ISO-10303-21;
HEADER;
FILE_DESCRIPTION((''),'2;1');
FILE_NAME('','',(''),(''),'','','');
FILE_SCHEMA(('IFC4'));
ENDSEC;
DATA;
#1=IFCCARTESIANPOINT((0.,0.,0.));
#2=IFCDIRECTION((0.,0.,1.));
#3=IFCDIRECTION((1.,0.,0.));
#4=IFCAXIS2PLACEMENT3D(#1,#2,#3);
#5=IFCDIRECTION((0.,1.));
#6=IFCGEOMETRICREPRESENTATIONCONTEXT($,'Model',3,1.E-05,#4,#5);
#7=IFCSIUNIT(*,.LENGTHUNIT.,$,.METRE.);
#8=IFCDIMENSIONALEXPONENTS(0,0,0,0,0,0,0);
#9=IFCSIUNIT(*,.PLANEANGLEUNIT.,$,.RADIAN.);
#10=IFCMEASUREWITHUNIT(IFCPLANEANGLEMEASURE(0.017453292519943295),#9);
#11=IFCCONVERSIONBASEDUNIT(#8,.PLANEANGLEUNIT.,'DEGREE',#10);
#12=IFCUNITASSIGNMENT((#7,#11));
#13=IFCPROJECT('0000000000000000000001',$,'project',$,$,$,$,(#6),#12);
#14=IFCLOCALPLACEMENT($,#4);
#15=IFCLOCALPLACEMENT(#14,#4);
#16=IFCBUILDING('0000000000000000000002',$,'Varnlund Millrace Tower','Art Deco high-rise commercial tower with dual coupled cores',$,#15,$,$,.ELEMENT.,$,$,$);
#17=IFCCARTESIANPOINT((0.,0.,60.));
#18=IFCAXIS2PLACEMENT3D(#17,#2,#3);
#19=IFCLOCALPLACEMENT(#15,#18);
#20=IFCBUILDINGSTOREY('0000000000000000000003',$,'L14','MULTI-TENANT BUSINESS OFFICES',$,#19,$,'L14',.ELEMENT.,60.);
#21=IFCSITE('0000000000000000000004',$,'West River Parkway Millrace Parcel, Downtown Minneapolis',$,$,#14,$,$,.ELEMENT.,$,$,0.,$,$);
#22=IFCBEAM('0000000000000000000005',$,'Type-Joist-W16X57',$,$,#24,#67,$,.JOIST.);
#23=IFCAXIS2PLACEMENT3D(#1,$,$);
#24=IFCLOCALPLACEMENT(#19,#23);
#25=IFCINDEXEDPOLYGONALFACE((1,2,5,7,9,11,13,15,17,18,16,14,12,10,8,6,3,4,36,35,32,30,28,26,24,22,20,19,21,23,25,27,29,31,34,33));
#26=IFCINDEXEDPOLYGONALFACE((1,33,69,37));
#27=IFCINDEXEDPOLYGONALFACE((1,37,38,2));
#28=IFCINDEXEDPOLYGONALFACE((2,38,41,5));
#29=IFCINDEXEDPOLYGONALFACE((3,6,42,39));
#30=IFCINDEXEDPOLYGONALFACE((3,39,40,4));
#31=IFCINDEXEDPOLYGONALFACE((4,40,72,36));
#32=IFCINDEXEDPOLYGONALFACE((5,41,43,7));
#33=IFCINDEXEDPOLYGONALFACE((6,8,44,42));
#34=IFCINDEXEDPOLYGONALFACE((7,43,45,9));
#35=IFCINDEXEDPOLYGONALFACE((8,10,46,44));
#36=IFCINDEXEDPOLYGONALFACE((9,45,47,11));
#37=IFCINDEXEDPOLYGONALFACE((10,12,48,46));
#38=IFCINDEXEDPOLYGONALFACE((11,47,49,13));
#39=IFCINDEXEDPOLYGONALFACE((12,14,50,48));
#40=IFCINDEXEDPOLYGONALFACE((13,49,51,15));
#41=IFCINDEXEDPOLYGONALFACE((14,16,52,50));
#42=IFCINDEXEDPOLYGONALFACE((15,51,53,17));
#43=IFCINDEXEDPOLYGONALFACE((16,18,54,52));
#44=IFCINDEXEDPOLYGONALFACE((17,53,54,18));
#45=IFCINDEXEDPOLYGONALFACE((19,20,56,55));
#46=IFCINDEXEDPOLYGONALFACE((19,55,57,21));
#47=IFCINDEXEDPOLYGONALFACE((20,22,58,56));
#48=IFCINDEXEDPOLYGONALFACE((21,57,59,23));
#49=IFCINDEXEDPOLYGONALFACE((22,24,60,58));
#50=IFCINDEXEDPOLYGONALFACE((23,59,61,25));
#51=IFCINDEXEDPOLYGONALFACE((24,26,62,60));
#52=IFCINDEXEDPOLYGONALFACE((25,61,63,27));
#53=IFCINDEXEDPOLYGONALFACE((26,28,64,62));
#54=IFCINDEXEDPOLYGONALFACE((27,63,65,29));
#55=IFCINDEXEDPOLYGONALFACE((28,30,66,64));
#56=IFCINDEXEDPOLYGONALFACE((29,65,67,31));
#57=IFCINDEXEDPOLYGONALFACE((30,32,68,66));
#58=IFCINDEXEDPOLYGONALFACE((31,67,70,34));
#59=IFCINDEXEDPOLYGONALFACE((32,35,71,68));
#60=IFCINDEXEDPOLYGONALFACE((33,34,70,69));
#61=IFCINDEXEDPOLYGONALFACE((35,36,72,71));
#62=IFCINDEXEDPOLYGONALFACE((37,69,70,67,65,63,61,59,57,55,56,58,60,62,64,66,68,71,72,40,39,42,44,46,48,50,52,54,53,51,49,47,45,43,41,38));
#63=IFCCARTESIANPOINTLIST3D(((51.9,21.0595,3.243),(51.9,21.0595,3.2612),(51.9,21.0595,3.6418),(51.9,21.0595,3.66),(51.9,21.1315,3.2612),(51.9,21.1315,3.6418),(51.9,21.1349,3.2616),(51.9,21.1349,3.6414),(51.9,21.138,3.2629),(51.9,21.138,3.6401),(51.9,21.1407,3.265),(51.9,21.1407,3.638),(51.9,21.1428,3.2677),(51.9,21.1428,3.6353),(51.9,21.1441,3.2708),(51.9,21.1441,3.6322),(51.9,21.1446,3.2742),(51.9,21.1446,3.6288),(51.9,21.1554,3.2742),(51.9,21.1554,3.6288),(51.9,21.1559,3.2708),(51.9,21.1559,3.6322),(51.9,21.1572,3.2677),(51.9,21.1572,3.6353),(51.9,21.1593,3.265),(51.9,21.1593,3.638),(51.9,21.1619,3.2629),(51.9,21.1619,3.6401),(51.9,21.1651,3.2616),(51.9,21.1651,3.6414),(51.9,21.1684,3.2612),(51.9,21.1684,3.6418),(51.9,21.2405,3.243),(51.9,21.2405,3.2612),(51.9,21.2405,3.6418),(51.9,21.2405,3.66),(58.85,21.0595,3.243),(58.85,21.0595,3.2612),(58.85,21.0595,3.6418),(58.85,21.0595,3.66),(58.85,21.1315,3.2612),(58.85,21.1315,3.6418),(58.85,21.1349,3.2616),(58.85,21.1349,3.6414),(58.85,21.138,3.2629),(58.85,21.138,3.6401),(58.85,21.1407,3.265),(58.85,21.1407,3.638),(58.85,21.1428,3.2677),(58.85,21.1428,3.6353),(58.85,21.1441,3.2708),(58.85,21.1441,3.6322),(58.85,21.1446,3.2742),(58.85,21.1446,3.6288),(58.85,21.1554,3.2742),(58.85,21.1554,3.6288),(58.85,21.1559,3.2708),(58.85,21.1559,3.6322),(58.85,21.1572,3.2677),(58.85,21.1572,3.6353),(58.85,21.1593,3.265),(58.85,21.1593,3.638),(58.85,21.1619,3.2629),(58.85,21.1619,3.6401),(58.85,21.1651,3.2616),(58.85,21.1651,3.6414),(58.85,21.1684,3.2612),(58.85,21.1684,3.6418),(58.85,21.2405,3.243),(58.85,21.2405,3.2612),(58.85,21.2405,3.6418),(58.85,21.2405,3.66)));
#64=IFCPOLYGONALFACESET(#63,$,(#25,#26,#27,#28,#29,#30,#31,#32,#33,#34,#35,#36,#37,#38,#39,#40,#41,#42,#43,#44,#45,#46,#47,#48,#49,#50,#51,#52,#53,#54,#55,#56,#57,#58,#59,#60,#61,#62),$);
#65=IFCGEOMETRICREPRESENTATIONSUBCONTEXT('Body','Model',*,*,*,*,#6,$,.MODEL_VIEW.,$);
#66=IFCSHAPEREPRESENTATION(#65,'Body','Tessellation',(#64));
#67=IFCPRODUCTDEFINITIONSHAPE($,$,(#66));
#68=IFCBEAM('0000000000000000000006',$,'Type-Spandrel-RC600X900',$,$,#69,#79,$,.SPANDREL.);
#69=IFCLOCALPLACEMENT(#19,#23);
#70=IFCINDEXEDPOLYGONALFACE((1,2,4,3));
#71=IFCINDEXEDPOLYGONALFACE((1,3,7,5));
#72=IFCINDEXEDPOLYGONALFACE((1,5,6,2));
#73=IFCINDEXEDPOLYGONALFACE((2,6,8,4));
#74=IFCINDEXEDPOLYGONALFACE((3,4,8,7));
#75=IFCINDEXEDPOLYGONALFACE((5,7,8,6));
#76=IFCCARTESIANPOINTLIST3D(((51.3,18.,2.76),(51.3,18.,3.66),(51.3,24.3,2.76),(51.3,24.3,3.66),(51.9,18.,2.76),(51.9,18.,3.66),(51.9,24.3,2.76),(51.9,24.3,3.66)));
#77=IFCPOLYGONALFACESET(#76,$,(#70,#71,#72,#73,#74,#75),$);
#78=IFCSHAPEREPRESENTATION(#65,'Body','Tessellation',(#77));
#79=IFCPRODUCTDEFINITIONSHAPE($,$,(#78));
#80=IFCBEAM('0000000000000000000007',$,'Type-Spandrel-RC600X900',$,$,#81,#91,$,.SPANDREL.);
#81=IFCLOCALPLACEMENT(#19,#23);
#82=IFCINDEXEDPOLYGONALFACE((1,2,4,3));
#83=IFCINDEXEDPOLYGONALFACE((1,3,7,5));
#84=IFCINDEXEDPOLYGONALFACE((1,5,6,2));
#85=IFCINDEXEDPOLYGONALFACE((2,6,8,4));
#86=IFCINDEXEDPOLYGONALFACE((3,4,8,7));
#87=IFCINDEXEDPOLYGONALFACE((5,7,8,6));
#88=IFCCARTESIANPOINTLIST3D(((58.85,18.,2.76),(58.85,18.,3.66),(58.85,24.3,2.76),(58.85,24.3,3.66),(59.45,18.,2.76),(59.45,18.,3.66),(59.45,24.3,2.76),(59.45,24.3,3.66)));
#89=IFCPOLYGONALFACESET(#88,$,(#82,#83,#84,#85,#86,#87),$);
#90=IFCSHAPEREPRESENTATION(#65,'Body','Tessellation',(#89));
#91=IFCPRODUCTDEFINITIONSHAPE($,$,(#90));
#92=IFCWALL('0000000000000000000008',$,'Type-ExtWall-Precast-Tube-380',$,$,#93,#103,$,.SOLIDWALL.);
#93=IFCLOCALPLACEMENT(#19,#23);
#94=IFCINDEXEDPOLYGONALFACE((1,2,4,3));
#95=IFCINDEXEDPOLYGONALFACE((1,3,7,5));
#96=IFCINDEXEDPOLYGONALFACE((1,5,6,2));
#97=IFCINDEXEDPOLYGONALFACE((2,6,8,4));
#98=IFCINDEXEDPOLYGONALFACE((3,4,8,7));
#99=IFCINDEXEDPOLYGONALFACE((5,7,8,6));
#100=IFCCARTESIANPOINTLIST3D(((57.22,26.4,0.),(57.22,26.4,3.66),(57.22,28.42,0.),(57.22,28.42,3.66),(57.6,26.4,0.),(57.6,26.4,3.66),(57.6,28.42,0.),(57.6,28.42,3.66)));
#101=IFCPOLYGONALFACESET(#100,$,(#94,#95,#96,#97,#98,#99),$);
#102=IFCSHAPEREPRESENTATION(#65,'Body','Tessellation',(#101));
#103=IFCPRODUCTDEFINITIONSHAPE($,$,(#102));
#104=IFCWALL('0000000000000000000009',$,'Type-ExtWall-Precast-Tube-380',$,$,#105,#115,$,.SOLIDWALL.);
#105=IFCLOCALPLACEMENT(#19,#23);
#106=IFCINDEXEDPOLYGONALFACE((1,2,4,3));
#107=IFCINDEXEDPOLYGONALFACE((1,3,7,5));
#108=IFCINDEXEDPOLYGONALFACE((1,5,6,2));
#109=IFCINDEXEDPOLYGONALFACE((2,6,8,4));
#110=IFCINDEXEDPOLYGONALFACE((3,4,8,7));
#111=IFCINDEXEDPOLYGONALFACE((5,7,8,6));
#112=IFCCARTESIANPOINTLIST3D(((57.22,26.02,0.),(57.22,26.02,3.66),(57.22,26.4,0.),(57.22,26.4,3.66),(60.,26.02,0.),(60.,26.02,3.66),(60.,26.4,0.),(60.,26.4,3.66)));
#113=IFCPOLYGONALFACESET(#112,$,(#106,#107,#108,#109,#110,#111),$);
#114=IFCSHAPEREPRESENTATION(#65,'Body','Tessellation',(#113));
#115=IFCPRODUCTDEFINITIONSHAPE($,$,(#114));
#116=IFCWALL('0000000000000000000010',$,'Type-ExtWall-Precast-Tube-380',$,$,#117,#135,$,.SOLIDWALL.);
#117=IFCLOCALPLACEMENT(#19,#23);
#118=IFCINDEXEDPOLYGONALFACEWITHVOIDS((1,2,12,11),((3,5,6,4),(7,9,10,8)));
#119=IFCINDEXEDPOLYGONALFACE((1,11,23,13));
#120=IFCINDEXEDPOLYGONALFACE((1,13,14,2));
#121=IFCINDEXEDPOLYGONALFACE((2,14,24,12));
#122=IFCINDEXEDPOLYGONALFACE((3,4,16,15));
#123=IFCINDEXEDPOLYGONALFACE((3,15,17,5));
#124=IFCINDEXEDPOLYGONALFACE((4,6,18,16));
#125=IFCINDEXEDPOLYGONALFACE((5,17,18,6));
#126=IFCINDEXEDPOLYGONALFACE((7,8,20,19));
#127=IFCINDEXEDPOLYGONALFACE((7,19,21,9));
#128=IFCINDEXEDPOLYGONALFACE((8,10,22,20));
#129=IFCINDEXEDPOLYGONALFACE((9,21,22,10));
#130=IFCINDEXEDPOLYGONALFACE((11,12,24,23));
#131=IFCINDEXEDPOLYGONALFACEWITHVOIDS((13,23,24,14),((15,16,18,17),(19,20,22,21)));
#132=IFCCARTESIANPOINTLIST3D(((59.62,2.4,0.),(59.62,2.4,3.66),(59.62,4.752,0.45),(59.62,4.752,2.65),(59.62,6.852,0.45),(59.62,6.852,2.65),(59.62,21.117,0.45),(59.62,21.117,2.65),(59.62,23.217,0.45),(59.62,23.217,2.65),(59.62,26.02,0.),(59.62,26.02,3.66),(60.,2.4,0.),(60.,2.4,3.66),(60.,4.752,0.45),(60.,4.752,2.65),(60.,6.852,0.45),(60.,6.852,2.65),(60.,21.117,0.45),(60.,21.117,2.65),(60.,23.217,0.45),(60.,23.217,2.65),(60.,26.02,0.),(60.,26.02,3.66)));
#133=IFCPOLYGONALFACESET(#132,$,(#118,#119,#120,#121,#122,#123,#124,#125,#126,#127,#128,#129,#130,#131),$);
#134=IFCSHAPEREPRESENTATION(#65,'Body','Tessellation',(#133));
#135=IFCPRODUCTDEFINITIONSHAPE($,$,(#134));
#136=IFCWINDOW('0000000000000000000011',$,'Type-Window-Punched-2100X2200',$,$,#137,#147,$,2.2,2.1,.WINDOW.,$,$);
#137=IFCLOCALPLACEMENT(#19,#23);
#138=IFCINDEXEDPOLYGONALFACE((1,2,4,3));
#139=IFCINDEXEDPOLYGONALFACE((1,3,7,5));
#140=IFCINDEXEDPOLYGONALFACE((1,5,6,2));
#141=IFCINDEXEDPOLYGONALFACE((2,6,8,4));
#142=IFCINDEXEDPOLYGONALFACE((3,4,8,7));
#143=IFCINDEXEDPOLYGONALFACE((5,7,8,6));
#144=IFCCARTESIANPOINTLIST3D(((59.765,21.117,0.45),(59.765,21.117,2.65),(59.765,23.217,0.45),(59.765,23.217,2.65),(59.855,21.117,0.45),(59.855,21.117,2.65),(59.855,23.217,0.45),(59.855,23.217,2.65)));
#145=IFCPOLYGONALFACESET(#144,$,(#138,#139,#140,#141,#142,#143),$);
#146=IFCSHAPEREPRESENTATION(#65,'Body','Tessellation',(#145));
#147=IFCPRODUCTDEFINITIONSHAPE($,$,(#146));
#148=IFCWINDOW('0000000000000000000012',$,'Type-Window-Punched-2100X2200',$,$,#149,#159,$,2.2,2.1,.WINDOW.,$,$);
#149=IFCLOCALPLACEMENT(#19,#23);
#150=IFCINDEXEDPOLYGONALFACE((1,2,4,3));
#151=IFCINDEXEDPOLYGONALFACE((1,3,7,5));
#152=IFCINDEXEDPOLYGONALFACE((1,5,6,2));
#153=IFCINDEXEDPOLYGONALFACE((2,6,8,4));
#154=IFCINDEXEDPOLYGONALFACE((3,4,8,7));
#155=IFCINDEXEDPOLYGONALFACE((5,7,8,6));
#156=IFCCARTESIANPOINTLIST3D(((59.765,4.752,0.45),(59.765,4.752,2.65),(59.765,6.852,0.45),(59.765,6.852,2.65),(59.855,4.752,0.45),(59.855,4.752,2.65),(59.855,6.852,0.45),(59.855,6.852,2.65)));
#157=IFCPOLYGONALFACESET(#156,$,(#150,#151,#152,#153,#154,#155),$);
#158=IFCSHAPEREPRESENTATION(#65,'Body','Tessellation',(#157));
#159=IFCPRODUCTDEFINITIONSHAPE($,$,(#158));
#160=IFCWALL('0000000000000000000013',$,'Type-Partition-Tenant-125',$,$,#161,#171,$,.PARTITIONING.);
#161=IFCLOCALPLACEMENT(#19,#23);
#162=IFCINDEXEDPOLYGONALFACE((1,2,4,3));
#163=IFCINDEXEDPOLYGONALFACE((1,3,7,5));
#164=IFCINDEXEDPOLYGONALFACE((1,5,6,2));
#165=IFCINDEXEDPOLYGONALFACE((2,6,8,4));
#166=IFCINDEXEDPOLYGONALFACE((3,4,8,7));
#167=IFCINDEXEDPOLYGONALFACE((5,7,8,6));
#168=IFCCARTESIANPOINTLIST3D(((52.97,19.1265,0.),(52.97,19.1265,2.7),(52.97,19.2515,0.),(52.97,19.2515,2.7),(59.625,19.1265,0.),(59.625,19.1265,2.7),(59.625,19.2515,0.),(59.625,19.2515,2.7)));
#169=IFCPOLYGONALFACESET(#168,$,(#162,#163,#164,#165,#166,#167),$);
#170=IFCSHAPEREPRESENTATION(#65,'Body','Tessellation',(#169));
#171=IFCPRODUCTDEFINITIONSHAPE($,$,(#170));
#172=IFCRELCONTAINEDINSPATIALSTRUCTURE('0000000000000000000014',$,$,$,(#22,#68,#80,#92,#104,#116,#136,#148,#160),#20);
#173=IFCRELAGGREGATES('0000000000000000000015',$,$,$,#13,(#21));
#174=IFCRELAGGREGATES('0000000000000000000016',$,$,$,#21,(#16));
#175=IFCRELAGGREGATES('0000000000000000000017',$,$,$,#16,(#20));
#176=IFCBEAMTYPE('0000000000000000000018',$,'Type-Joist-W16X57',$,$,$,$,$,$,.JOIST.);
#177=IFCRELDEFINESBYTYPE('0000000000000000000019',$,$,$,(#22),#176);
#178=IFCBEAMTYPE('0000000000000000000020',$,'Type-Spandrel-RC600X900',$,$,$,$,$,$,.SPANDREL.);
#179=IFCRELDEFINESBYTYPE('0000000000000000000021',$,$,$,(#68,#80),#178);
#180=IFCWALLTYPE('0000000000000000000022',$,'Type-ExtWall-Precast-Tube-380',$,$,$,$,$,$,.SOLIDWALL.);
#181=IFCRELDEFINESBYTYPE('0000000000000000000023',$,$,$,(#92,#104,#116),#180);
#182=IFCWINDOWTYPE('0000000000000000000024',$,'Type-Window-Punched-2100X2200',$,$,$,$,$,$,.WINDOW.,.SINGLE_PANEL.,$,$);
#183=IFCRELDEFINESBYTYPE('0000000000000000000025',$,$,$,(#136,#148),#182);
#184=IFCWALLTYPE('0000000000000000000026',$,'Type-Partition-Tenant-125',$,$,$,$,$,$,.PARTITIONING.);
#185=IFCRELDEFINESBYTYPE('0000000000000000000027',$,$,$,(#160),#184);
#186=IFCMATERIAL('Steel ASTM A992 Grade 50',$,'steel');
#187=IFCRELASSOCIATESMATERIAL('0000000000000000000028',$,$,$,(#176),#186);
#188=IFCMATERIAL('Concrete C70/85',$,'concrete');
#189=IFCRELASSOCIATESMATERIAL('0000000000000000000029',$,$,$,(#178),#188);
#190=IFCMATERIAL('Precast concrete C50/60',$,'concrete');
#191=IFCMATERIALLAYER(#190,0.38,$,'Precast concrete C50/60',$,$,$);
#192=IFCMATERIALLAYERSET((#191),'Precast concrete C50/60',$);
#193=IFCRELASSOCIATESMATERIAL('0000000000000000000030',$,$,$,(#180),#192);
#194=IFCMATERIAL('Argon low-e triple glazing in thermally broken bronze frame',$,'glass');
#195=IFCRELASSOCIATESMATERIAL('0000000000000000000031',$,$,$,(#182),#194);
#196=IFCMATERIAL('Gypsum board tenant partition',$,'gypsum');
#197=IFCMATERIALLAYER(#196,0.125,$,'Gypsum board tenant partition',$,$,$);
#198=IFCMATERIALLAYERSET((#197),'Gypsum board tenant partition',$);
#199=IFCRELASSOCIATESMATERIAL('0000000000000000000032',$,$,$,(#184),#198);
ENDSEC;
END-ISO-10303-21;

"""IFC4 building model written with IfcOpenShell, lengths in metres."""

from ifc_helpers import new_model, entity, si_unit, converted_unit, direction, frame, origin_with_axes, origin_2d_with_axis, place, context, subcontext, project, spatial, polyline, rectangle, i_section, outline, extrude, material, layer, layer_set, material_profile, profile_set, type_object, element, fill, save


model = new_model("IFC4")

# Units and contexts
model_context = context("Model", 3, precision=1e-05, world=origin_with_axes(), true_north=direction((0.0, 1.0)))
body_context = subcontext(model_context, "Body", "Model", "MODEL_VIEW")
ifc_project = project(units=[si_unit("LENGTHUNIT", "METRE"), converted_unit("PLANEANGLEUNIT", "DEGREE", entity("IfcPlaneAngleMeasure", 0.017453292519943295), si_unit("PLANEANGLEUNIT", "RADIAN"), dimensions=[0, 0, 0, 0, 0, 0, 0])], contexts=[model_context])

# Site, building, storey
site_placement = place(None, origin_with_axes())
site = spatial("IfcSite", under=ifc_project, at=site_placement, Name="West River Parkway Millrace Parcel, Downtown Minneapolis", CompositionType="ELEMENT", RefElevation=0.0)
building_placement = place(site_placement, origin_with_axes())
building = spatial("IfcBuilding", under=site, at=building_placement, Name="Varnlund Millrace Tower", Description="Art Deco high-rise commercial tower with dual coupled cores", CompositionType="ELEMENT")
storey_placement = place(building_placement, frame((0.0, 0.0, 60.0), z_axis=(0.0, 0.0, 1.0), x_axis=(1.0, 0.0, 0.0)))
storey = spatial("IfcBuildingStorey", under=building, at=storey_placement, Name="L14", Description="MULTI-TENANT BUSINESS OFFICES", LongName="L14", CompositionType="ELEMENT", Elevation=60.0)

# Beams
ifc_material_1 = material(Name="Steel ASTM A992 Grade 50", Category="steel")
ifc_material_profile_1 = material_profile(ifc_material_1, i_section(OverallWidth=0.181, OverallDepth=0.417, WebThickness=0.0109, FlangeThickness=0.0182, FilletRadius=0.013, at=origin_2d_with_axis()), Name="Steel ASTM A992 Grade 50")
ifc_profile_set_1 = profile_set([ifc_material_profile_1], Name="Steel ASTM A992 Grade 50")
beam_type_1 = type_object("IfcBeamType", Name="Type-Joist-W16X57", PredefinedType="JOIST", material=ifc_profile_set_1)
for number, where, z_axis, x_axis, name in (
    (1, (51.9, 21.15, 3.4515), (1.0, 0.0, 0.0), (0.0, 1.0, 0.0), "Type-Joist-W16X57"),
):
    element("IfcBeam", number, at=place(storey_placement, frame(where, z_axis=z_axis, x_axis=x_axis)), inside=storey, type_object=beam_type_1, Name=name, PredefinedType="JOIST", context=body_context, shape_type="SweptSolid", body=[
        extrude(i_section(OverallWidth=0.181, OverallDepth=0.417, WebThickness=0.0109, FlangeThickness=0.0182, FilletRadius=0.013, at=origin_2d_with_axis()), origin_with_axes(), (0.0, 0.0, 1.0), 6.95),
    ])
ifc_material_2 = material(Name="Concrete C70/85", Category="concrete")
ifc_material_profile_2 = material_profile(ifc_material_2, rectangle(XDim=0.6, YDim=0.9, at=origin_2d_with_axis()), Name="Concrete C70/85")
ifc_profile_set_2 = profile_set([ifc_material_profile_2], Name="Concrete C70/85")
beam_type_2 = type_object("IfcBeamType", Name="Type-Spandrel-RC600X900", PredefinedType="SPANDREL", material=ifc_profile_set_2)
for number, where, z_axis, x_axis, name in (
    (2, (51.6, 18.0, 3.21), (0.0, 1.0, 0.0), (-1.0, 0.0, 0.0), "Type-Spandrel-RC600X900"),
    (3, (59.15, 18.0, 3.21), (0.0, 1.0, 0.0), (-1.0, 0.0, 0.0), "Type-Spandrel-RC600X900"),
):
    element("IfcBeam", number, at=place(storey_placement, frame(where, z_axis=z_axis, x_axis=x_axis)), inside=storey, type_object=beam_type_2, Name=name, PredefinedType="SPANDREL", context=body_context, shape_type="SweptSolid", body=[
        extrude(rectangle(XDim=0.6, YDim=0.9, at=origin_2d_with_axis()), origin_with_axes(), (0.0, 0.0, 1.0), 6.3),
    ])

# Walls
ifc_material_3 = material(Name="Precast concrete C50/60", Category="concrete")
ifc_layer_1 = layer(ifc_material_3, 0.38, Name="Precast concrete C50/60")
ifc_layer_set_1 = layer_set([ifc_layer_1], Name="Precast concrete C50/60")
wall_type_1 = type_object("IfcWallType", Name="Type-ExtWall-Precast-Tube-380", PredefinedType="SOLIDWALL", material=ifc_layer_set_1)
wall_1_placement = place(storey_placement, frame((57.41, 28.42, 0.0), z_axis=(0.0, 0.0, 1.0), x_axis=(0.0, -1.0, 0.0)))
element("IfcWall", 4, at=wall_1_placement, inside=storey, type_object=wall_type_1, Name="Type-ExtWall-Precast-Tube-380", PredefinedType="SOLIDWALL", context=body_context, shape_type="SweptSolid", body=[
    extrude(outline(polyline([(0.0, -0.19), (2.02, -0.19), (2.02, 0.19), (0.0, 0.19), (0.0, -0.19)])), origin_with_axes(), (0.0, 0.0, 1.0), 3.66),
])
wall_2_placement = place(storey_placement, frame((57.22, 26.21, 0.0), z_axis=(0.0, 0.0, 1.0), x_axis=(1.0, 0.0, 0.0)))
element("IfcWall", 5, at=wall_2_placement, inside=storey, type_object=wall_type_1, Name="Type-ExtWall-Precast-Tube-380", PredefinedType="SOLIDWALL", context=body_context, shape_type="SweptSolid", body=[
    extrude(outline(polyline([(0.0, -0.19), (2.78, -0.19), (2.78, 0.19), (0.0, 0.19), (0.0, -0.19)])), origin_with_axes(), (0.0, 0.0, 1.0), 3.66),
])

# Wall, openings, windows
wall_3_placement = place(storey_placement, frame((59.81, 26.02, 0.0), z_axis=(0.0, 0.0, 1.0), x_axis=(0.0, -1.0, 0.0)))
wall_3 = element("IfcWall", 6, at=wall_3_placement, inside=storey, type_object=wall_type_1, Name="Type-ExtWall-Precast-Tube-380", PredefinedType="SOLIDWALL", context=body_context, shape_type="SweptSolid", body=[
    extrude(outline(polyline([(0.0, -0.19), (23.62, -0.19), (23.62, 0.19), (0.0, 0.19), (0.0, -0.19)])), origin_with_axes(), (0.0, 0.0, 1.0), 3.66),
])
opening_1_placement = place(wall_3_placement, frame((3.853, 0.0, 0.45), z_axis=(0.0, 0.0, 1.0), x_axis=(1.0, 0.0, 0.0)))
opening_1 = element("IfcOpeningElement", 7, at=opening_1_placement, cuts=wall_3, PredefinedType="OPENING", context=body_context, shape_type="SweptSolid", body=[
    extrude(rectangle(XDim=2.1, YDim=0.4, at=origin_2d_with_axis()), origin_with_axes(), (0.0, 0.0, 1.0), 2.2),
])
opening_2_placement = place(wall_3_placement, frame((20.218, 0.0, 0.45), z_axis=(0.0, 0.0, 1.0), x_axis=(1.0, 0.0, 0.0)))
opening_2 = element("IfcOpeningElement", 8, at=opening_2_placement, cuts=wall_3, PredefinedType="OPENING", context=body_context, shape_type="SweptSolid", body=[
    extrude(rectangle(XDim=2.1, YDim=0.4, at=origin_2d_with_axis()), origin_with_axes(), (0.0, 0.0, 1.0), 2.2),
])
ifc_material_4 = material(Name="Argon low-e triple glazing in thermally broken bronze frame", Category="glass")
window_type = type_object("IfcWindowType", Name="Type-Window-Punched-2100X2200", PartitioningType="SINGLE_PANEL", PredefinedType="WINDOW", material=ifc_material_4)
window_1_placement = place(wall_3_placement, frame((3.853, 0.0, 0.45), z_axis=(0.0, 0.0, 1.0), x_axis=(1.0, 0.0, 0.0)))
window_1 = element("IfcWindow", 9, at=window_1_placement, inside=storey, type_object=window_type, Name="Type-Window-Punched-2100X2200", OverallHeight=2.2, OverallWidth=2.1, PredefinedType="WINDOW", context=body_context, shape_type="SweptSolid", body=[
    extrude(rectangle(XDim=2.1, YDim=0.09, at=origin_2d_with_axis()), origin_with_axes(), (0.0, 0.0, 1.0), 2.2),
])
fill(opening_1, window_1)
window_2_placement = place(wall_3_placement, frame((20.218, 0.0, 0.45), z_axis=(0.0, 0.0, 1.0), x_axis=(1.0, 0.0, 0.0)))
window_2 = element("IfcWindow", 10, at=window_2_placement, inside=storey, type_object=window_type, Name="Type-Window-Punched-2100X2200", OverallHeight=2.2, OverallWidth=2.1, PredefinedType="WINDOW", context=body_context, shape_type="SweptSolid", body=[
    extrude(rectangle(XDim=2.1, YDim=0.09, at=origin_2d_with_axis()), origin_with_axes(), (0.0, 0.0, 1.0), 2.2),
])
fill(opening_2, window_2)

# Wall
ifc_material_5 = material(Name="Gypsum board tenant partition", Category="gypsum")
ifc_layer_2 = layer(ifc_material_5, 0.125, Name="Gypsum board tenant partition")
ifc_layer_set_2 = layer_set([ifc_layer_2], Name="Gypsum board tenant partition")
wall_type_2 = type_object("IfcWallType", Name="Type-Partition-Tenant-125", PredefinedType="PARTITIONING", material=ifc_layer_set_2)
wall_4_placement = place(storey_placement, frame((52.97, 19.189, 0.0), z_axis=(0.0, 0.0, 1.0), x_axis=(1.0, 0.0, 0.0)))
element("IfcWall", 11, at=wall_4_placement, inside=storey, type_object=wall_type_2, Name="Type-Partition-Tenant-125", PredefinedType="PARTITIONING", context=body_context, shape_type="SweptSolid", body=[
    extrude(outline(polyline([(0.0, -0.0625), (6.655, -0.0625), (6.655, 0.0625), (0.0, 0.0625), (0.0, -0.0625)])), origin_with_axes(), (0.0, 0.0, 1.0), 2.7),
])

save(model, "model.ifc")
